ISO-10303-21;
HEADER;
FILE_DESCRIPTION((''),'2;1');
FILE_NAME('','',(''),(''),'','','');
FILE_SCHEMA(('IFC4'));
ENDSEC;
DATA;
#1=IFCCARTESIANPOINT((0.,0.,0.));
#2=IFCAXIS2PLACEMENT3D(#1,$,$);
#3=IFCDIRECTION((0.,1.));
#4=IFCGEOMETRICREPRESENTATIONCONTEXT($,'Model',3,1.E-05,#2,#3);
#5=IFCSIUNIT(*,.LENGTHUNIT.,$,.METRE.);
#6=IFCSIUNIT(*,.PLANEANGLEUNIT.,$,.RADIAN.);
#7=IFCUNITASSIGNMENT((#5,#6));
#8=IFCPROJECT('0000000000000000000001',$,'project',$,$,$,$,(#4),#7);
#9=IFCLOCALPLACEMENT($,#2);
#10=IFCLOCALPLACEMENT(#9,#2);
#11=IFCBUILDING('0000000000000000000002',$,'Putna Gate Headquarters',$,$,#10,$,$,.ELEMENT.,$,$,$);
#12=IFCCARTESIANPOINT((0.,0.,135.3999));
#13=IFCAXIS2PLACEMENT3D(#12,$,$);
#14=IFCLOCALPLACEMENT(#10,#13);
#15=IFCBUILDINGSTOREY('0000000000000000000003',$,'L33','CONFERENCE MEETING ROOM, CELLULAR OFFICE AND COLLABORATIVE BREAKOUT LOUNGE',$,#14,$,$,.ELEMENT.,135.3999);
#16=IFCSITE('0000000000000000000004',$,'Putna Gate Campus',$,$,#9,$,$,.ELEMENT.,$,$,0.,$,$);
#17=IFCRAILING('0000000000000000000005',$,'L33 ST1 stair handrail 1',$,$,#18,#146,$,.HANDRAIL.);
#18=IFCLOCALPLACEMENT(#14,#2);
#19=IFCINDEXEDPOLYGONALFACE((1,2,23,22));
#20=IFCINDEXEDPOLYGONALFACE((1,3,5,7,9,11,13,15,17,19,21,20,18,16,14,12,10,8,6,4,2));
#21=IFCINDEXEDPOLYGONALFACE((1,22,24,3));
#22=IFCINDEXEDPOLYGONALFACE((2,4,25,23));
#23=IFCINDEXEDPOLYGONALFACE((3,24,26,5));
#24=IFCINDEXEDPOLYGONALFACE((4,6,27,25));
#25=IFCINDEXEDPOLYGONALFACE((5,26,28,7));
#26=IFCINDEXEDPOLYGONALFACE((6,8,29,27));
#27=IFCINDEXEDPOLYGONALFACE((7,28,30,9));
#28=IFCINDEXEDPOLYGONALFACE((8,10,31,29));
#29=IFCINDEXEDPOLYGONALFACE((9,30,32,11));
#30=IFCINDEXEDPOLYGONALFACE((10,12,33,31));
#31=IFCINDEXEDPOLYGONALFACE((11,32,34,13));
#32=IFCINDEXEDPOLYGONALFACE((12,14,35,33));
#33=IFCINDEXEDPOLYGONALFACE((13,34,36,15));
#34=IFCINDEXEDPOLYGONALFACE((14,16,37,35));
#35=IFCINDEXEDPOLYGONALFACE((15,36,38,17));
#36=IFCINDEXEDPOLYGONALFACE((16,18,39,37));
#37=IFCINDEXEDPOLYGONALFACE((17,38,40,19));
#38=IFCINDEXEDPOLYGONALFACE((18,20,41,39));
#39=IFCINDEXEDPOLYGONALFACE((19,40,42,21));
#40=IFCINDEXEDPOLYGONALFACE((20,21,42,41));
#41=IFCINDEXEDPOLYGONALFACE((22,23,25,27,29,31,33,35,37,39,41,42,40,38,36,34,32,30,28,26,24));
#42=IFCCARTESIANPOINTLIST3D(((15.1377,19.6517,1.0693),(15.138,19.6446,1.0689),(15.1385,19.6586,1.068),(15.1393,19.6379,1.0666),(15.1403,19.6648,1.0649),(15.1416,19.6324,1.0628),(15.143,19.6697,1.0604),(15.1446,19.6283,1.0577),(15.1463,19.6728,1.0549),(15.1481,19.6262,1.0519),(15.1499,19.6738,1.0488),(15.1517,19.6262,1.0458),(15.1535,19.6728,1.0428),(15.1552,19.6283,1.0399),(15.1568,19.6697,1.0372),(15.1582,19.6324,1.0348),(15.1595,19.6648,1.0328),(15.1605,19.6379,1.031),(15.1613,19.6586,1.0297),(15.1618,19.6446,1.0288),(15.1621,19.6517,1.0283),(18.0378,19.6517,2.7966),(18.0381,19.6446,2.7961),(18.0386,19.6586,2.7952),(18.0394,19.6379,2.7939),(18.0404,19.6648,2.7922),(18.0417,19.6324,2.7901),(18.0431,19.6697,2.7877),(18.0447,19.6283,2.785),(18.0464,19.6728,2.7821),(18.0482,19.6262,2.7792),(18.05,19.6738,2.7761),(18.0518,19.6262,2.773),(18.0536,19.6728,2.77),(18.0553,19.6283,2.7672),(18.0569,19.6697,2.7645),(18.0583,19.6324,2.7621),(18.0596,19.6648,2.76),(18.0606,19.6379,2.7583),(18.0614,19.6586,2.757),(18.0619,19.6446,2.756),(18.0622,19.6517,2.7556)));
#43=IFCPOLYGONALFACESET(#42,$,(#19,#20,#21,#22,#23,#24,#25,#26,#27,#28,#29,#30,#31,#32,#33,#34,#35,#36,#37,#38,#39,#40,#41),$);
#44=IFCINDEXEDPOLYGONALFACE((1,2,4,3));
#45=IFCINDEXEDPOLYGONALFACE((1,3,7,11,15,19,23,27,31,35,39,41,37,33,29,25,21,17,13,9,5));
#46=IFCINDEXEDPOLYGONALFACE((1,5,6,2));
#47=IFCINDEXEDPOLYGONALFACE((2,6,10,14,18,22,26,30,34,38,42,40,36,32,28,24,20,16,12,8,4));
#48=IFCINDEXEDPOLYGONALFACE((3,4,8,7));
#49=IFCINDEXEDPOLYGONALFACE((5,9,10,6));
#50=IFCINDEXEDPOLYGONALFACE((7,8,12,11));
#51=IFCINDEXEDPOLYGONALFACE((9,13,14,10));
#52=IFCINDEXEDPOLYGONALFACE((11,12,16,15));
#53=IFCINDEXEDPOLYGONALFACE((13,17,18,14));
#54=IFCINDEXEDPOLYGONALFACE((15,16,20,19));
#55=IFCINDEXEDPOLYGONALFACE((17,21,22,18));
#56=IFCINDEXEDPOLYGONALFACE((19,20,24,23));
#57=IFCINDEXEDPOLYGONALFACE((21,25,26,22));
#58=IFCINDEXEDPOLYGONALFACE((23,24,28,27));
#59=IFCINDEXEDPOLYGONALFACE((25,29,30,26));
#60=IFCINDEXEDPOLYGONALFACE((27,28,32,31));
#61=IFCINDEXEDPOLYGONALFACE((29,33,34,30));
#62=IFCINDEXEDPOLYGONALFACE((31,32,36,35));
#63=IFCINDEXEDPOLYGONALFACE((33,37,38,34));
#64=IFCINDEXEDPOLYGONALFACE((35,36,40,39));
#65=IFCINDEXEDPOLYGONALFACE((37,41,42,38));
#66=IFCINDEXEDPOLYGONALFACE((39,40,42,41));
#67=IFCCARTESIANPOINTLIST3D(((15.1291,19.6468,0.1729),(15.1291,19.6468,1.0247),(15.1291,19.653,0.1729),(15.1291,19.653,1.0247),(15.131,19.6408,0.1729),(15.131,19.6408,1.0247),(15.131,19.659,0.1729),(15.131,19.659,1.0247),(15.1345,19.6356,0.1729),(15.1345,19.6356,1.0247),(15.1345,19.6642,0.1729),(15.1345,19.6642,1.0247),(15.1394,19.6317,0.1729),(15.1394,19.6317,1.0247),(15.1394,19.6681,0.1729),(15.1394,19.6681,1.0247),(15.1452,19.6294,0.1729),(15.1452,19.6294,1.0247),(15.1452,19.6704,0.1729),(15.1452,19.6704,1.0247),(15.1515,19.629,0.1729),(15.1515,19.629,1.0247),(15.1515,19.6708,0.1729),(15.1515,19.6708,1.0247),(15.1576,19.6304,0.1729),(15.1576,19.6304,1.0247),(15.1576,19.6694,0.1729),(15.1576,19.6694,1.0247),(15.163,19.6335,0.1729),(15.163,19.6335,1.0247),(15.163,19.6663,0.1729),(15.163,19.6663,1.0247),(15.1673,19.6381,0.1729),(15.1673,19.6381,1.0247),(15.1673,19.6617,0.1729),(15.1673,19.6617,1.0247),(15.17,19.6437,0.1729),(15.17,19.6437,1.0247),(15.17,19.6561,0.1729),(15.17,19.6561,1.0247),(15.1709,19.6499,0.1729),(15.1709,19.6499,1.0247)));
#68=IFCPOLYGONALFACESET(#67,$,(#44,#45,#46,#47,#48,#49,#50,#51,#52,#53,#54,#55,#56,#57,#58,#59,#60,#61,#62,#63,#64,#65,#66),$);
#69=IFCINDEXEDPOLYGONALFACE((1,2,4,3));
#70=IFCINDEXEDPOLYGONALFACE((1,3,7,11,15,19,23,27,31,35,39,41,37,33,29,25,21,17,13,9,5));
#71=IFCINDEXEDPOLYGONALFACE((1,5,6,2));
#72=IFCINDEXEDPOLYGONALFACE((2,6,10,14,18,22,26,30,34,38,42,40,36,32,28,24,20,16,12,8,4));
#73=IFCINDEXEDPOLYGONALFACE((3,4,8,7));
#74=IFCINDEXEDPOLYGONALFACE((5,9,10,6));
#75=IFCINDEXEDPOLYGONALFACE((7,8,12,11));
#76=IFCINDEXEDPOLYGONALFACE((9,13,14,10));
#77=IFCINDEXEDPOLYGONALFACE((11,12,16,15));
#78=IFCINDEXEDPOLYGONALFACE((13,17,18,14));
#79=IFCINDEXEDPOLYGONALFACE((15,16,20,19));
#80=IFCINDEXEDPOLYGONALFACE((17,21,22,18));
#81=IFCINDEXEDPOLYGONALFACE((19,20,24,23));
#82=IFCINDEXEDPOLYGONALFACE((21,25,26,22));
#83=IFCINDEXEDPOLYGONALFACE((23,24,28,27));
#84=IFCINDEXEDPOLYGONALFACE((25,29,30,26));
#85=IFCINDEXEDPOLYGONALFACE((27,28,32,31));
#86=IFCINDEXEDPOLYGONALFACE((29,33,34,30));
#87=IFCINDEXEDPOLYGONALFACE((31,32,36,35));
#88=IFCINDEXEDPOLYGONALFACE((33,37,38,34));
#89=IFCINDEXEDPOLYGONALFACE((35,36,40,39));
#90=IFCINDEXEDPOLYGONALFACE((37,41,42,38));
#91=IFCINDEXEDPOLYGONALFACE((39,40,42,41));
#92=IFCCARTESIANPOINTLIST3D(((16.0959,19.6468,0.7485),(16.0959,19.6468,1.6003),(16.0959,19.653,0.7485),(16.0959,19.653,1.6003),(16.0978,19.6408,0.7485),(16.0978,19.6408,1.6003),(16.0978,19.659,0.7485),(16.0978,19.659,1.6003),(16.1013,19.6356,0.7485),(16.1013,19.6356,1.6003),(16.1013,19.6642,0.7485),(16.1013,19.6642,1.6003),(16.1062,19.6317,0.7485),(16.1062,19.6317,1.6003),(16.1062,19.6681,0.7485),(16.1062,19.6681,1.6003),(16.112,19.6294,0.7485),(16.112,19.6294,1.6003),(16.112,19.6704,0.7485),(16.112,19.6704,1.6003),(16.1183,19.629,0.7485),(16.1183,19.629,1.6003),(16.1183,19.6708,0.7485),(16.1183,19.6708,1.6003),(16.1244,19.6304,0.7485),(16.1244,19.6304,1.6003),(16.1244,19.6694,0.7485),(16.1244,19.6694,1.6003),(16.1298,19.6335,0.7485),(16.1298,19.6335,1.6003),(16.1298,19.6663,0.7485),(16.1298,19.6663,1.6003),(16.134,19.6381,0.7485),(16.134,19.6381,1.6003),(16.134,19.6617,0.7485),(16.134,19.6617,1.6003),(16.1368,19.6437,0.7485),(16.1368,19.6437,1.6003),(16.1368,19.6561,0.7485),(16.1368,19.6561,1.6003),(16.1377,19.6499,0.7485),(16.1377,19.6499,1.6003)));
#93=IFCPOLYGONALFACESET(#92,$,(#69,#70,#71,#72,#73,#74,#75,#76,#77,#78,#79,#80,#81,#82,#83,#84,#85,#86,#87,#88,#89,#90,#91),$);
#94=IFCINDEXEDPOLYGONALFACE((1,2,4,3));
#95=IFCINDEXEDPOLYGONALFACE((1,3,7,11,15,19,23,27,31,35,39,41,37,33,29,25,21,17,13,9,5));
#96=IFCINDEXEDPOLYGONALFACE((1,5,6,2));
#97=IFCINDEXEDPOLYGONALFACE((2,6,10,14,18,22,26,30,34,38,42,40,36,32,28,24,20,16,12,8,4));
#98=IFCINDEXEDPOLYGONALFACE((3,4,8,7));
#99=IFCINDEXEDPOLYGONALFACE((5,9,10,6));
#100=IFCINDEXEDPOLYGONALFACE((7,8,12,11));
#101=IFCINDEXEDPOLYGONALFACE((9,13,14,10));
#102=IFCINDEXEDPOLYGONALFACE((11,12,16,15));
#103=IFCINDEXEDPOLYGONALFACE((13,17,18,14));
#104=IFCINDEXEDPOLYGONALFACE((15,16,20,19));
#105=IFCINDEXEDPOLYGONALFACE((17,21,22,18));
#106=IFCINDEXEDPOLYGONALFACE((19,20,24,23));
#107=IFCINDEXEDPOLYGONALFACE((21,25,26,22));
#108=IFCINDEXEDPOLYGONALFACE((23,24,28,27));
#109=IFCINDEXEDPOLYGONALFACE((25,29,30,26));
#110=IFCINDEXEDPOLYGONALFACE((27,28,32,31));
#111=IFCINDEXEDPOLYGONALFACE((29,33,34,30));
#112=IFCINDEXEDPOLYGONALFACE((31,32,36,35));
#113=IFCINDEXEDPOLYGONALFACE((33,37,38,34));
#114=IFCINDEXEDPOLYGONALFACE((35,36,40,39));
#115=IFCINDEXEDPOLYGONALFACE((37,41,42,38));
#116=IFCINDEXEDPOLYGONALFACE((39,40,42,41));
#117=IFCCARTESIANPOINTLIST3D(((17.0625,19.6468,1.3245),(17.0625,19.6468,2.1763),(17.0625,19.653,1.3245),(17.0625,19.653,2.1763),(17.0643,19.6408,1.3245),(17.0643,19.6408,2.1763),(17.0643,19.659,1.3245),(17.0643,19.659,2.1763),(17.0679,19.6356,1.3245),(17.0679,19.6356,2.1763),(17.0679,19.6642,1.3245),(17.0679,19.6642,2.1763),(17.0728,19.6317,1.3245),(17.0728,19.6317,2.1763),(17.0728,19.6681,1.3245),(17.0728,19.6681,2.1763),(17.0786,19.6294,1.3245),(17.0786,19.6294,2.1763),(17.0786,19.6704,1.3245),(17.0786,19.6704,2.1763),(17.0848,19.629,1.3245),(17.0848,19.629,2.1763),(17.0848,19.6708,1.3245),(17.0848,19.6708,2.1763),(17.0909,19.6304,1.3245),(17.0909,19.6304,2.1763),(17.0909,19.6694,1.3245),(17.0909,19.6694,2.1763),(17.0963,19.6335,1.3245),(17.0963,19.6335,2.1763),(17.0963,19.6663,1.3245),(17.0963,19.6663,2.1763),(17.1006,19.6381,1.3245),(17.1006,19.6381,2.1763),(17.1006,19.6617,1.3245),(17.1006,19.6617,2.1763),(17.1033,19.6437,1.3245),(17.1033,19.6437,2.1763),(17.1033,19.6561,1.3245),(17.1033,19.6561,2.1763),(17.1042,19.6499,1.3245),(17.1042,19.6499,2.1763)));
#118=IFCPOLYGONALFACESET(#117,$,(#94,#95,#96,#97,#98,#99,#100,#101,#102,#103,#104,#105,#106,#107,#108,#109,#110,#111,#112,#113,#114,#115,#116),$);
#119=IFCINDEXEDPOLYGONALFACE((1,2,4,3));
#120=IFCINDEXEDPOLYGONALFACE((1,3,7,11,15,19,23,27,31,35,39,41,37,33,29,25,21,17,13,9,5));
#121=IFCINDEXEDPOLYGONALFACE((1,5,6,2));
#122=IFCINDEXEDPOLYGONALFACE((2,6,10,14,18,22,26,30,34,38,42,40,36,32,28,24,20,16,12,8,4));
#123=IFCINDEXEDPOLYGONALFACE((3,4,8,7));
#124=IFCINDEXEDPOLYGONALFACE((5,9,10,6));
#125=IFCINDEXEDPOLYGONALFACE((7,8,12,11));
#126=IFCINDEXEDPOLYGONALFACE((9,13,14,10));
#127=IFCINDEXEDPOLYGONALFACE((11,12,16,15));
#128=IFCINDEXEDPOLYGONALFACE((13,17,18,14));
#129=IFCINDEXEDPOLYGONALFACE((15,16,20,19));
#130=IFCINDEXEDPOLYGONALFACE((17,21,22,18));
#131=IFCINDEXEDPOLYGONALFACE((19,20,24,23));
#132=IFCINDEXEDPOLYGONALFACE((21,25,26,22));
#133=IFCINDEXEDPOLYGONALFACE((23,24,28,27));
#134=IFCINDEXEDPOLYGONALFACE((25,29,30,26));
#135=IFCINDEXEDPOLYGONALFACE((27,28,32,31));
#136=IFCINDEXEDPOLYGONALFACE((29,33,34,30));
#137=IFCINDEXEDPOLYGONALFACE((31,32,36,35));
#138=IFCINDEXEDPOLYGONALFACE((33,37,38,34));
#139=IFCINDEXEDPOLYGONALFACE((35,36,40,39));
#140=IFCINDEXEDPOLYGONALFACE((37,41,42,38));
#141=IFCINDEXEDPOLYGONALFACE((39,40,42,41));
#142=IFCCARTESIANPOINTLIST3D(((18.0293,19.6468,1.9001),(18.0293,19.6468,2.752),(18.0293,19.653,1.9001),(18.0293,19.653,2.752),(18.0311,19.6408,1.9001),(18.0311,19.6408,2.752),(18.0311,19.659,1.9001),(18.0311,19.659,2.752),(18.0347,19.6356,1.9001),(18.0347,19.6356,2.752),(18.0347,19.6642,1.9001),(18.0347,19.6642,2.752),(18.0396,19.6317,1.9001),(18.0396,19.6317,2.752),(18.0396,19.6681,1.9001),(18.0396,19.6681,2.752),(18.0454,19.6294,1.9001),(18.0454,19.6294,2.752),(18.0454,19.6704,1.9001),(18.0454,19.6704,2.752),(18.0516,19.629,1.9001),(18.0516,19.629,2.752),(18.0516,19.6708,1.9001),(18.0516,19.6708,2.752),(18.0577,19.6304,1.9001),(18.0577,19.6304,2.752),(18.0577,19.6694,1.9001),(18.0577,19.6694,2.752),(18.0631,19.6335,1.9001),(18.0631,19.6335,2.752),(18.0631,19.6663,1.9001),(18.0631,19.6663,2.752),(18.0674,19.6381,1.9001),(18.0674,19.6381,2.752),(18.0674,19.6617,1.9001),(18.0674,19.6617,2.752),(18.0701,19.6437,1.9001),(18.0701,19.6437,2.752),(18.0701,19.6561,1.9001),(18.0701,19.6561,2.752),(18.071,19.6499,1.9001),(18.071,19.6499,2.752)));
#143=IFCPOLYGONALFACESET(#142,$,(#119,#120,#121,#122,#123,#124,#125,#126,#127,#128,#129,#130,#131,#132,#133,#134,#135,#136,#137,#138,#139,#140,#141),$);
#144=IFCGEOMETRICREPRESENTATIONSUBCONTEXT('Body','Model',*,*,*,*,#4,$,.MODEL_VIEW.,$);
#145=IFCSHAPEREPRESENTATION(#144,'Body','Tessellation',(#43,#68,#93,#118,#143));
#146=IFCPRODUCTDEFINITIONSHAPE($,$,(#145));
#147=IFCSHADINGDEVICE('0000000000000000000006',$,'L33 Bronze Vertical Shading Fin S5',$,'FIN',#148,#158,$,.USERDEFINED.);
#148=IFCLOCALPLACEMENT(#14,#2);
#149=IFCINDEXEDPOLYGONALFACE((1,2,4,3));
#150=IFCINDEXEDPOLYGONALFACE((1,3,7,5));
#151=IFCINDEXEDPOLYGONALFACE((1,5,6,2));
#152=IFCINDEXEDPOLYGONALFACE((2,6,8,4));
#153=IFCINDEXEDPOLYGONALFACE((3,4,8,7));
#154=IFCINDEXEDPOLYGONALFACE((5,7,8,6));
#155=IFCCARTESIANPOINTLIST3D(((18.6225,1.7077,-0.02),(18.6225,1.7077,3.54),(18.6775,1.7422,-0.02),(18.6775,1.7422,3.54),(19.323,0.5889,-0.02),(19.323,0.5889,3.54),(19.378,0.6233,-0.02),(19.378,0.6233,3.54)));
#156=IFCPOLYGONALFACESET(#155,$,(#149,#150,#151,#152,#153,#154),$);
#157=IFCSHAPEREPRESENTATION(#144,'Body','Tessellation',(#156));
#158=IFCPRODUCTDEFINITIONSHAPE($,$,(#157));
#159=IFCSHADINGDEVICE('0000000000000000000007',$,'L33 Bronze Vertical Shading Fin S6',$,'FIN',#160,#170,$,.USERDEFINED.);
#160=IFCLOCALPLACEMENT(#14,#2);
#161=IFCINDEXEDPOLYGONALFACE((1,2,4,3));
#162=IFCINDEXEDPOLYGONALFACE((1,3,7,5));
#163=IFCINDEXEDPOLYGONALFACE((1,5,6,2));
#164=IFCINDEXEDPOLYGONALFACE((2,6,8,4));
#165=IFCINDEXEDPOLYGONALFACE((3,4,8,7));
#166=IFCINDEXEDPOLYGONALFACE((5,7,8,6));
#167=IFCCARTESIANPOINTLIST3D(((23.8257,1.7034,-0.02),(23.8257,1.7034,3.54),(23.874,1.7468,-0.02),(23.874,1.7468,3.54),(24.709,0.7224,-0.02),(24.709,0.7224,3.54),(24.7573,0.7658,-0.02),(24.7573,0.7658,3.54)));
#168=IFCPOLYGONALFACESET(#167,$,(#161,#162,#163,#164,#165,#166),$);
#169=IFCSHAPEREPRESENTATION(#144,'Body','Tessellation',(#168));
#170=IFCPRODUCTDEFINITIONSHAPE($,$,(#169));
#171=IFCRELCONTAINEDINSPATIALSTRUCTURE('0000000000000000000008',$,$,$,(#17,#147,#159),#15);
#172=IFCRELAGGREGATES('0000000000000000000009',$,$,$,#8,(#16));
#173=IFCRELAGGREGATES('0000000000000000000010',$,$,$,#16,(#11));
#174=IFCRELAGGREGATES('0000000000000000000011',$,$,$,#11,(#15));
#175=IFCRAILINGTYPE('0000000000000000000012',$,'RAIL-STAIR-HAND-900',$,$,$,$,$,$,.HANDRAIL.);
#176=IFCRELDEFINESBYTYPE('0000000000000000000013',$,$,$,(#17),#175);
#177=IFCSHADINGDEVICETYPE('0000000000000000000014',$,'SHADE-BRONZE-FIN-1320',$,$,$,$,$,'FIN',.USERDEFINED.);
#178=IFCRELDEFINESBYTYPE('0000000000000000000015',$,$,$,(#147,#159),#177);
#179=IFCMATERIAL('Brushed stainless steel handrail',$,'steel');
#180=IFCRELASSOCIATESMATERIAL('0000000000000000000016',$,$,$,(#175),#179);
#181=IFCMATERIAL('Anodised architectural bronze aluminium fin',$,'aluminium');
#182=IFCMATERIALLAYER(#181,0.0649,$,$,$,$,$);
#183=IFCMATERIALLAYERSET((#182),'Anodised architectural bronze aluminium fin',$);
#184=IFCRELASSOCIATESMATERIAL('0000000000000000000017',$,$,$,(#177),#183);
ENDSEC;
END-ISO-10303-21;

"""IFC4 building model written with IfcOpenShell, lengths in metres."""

from ifc_helpers import new_model, si_unit, direction, frame, origin, origin_2d, place, context, subcontext, project, spatial, rectangle, circle, extrude, material, layer, layer_set, type_object, element, save


model = new_model("IFC4")

# Units and contexts
model_context = context("Model", 3, precision=1e-05, world=origin(), true_north=direction((0.0, 1.0)))
body_context = subcontext(model_context, "Body", "Model", "MODEL_VIEW")
ifc_project = project(units=[si_unit("LENGTHUNIT", "METRE"), si_unit("PLANEANGLEUNIT", "RADIAN")], contexts=[model_context])

# Site, building, storey
site_placement = place(None, origin())
site = spatial("IfcSite", under=ifc_project, at=site_placement, Name="Putna Gate Campus", CompositionType="ELEMENT", RefElevation=0.0)
building_placement = place(site_placement, origin())
building = spatial("IfcBuilding", under=site, at=building_placement, Name="Putna Gate Headquarters", CompositionType="ELEMENT")
storey_placement = place(building_placement, frame((0.0, 0.0, 135.3999)))
storey = spatial("IfcBuildingStorey", under=building, at=storey_placement, Name="L33", Description="CONFERENCE MEETING ROOM, CELLULAR OFFICE AND COLLABORATIVE BREAKOUT LOUNGE", CompositionType="ELEMENT", Elevation=135.3999)

# Railing
ifc_material_1 = material(Name="Brushed stainless steel handrail", Category="steel")
railing_type_1 = type_object("IfcRailingType", Name="RAIL-STAIR-HAND-900", PredefinedType="HANDRAIL", material=ifc_material_1)
railing_1_placement = place(storey_placement, frame((15.1499, 19.6499, 0.1729)))
element("IfcRailing", 1, at=railing_1_placement, inside=storey, type_object=railing_type_1, Name="L33 ST1 stair handrail 1", PredefinedType="HANDRAIL", context=body_context, shape_type="SweptSolid", body=[
    extrude(circle(Radius=0.0239, at=origin_2d()), frame((0.0, 0.0, 0.876), z_axis=(0.85916, 0.0, 0.511706), x_axis=(0.0, 1.0, 0.0)), (0.0, 0.0, 1.0), 3.3755),
    extrude(circle(Radius=0.021, at=origin_2d()), origin(), (0.0, 0.0, 1.0), 0.8518),
    extrude(circle(Radius=0.021, at=origin_2d()), frame((0.9668, 0.0, 0.5757)), (0.0, 0.0, 1.0), 0.8518),
    extrude(circle(Radius=0.021, at=origin_2d()), frame((1.9333, 0.0, 1.1516)), (0.0, 0.0, 1.0), 0.8518),
    extrude(circle(Radius=0.021, at=origin_2d()), frame((2.9001, 0.0, 1.7273)), (0.0, 0.0, 1.0), 0.8518),
])

# Shading devices
ifc_material_2 = material(Name="Anodised architectural bronze aluminium fin", Category="aluminium")
ifc_layer_1 = layer(ifc_material_2, 0.0649)
ifc_layer_set_1 = layer_set([ifc_layer_1], Name="Anodised architectural bronze aluminium fin")
shading_device_type = type_object("IfcShadingDeviceType", Name="SHADE-BRONZE-FIN-1320", ElementType="FIN", PredefinedType="USERDEFINED", material=ifc_layer_set_1)
for number, where, z_axis, x_axis, name in (
    (2, (19.0002, 1.1655, -0.02), (0.0, 0.0, 1.0), (0.530659, -0.847585, 0.0), "L33 Bronze Vertical Shading Fin S5"),
    (3, (24.2915, 1.2346, -0.02), (0.0, 0.0, 1.0), (0.669131, -0.743145, 0.0), "L33 Bronze Vertical Shading Fin S6"),
):
    element("IfcShadingDevice", number, at=place(storey_placement, frame(where, z_axis=z_axis, x_axis=x_axis)), inside=storey, type_object=shading_device_type, Name=name, ObjectType="FIN", PredefinedType="USERDEFINED", context=body_context, shape_type="SweptSolid", body=[
        extrude(rectangle(XDim=1.3201, YDim=0.0649, at=origin_2d()), origin(), (0.0, 0.0, 1.0), 3.5601),
    ])

save(model, "model.ifc")
